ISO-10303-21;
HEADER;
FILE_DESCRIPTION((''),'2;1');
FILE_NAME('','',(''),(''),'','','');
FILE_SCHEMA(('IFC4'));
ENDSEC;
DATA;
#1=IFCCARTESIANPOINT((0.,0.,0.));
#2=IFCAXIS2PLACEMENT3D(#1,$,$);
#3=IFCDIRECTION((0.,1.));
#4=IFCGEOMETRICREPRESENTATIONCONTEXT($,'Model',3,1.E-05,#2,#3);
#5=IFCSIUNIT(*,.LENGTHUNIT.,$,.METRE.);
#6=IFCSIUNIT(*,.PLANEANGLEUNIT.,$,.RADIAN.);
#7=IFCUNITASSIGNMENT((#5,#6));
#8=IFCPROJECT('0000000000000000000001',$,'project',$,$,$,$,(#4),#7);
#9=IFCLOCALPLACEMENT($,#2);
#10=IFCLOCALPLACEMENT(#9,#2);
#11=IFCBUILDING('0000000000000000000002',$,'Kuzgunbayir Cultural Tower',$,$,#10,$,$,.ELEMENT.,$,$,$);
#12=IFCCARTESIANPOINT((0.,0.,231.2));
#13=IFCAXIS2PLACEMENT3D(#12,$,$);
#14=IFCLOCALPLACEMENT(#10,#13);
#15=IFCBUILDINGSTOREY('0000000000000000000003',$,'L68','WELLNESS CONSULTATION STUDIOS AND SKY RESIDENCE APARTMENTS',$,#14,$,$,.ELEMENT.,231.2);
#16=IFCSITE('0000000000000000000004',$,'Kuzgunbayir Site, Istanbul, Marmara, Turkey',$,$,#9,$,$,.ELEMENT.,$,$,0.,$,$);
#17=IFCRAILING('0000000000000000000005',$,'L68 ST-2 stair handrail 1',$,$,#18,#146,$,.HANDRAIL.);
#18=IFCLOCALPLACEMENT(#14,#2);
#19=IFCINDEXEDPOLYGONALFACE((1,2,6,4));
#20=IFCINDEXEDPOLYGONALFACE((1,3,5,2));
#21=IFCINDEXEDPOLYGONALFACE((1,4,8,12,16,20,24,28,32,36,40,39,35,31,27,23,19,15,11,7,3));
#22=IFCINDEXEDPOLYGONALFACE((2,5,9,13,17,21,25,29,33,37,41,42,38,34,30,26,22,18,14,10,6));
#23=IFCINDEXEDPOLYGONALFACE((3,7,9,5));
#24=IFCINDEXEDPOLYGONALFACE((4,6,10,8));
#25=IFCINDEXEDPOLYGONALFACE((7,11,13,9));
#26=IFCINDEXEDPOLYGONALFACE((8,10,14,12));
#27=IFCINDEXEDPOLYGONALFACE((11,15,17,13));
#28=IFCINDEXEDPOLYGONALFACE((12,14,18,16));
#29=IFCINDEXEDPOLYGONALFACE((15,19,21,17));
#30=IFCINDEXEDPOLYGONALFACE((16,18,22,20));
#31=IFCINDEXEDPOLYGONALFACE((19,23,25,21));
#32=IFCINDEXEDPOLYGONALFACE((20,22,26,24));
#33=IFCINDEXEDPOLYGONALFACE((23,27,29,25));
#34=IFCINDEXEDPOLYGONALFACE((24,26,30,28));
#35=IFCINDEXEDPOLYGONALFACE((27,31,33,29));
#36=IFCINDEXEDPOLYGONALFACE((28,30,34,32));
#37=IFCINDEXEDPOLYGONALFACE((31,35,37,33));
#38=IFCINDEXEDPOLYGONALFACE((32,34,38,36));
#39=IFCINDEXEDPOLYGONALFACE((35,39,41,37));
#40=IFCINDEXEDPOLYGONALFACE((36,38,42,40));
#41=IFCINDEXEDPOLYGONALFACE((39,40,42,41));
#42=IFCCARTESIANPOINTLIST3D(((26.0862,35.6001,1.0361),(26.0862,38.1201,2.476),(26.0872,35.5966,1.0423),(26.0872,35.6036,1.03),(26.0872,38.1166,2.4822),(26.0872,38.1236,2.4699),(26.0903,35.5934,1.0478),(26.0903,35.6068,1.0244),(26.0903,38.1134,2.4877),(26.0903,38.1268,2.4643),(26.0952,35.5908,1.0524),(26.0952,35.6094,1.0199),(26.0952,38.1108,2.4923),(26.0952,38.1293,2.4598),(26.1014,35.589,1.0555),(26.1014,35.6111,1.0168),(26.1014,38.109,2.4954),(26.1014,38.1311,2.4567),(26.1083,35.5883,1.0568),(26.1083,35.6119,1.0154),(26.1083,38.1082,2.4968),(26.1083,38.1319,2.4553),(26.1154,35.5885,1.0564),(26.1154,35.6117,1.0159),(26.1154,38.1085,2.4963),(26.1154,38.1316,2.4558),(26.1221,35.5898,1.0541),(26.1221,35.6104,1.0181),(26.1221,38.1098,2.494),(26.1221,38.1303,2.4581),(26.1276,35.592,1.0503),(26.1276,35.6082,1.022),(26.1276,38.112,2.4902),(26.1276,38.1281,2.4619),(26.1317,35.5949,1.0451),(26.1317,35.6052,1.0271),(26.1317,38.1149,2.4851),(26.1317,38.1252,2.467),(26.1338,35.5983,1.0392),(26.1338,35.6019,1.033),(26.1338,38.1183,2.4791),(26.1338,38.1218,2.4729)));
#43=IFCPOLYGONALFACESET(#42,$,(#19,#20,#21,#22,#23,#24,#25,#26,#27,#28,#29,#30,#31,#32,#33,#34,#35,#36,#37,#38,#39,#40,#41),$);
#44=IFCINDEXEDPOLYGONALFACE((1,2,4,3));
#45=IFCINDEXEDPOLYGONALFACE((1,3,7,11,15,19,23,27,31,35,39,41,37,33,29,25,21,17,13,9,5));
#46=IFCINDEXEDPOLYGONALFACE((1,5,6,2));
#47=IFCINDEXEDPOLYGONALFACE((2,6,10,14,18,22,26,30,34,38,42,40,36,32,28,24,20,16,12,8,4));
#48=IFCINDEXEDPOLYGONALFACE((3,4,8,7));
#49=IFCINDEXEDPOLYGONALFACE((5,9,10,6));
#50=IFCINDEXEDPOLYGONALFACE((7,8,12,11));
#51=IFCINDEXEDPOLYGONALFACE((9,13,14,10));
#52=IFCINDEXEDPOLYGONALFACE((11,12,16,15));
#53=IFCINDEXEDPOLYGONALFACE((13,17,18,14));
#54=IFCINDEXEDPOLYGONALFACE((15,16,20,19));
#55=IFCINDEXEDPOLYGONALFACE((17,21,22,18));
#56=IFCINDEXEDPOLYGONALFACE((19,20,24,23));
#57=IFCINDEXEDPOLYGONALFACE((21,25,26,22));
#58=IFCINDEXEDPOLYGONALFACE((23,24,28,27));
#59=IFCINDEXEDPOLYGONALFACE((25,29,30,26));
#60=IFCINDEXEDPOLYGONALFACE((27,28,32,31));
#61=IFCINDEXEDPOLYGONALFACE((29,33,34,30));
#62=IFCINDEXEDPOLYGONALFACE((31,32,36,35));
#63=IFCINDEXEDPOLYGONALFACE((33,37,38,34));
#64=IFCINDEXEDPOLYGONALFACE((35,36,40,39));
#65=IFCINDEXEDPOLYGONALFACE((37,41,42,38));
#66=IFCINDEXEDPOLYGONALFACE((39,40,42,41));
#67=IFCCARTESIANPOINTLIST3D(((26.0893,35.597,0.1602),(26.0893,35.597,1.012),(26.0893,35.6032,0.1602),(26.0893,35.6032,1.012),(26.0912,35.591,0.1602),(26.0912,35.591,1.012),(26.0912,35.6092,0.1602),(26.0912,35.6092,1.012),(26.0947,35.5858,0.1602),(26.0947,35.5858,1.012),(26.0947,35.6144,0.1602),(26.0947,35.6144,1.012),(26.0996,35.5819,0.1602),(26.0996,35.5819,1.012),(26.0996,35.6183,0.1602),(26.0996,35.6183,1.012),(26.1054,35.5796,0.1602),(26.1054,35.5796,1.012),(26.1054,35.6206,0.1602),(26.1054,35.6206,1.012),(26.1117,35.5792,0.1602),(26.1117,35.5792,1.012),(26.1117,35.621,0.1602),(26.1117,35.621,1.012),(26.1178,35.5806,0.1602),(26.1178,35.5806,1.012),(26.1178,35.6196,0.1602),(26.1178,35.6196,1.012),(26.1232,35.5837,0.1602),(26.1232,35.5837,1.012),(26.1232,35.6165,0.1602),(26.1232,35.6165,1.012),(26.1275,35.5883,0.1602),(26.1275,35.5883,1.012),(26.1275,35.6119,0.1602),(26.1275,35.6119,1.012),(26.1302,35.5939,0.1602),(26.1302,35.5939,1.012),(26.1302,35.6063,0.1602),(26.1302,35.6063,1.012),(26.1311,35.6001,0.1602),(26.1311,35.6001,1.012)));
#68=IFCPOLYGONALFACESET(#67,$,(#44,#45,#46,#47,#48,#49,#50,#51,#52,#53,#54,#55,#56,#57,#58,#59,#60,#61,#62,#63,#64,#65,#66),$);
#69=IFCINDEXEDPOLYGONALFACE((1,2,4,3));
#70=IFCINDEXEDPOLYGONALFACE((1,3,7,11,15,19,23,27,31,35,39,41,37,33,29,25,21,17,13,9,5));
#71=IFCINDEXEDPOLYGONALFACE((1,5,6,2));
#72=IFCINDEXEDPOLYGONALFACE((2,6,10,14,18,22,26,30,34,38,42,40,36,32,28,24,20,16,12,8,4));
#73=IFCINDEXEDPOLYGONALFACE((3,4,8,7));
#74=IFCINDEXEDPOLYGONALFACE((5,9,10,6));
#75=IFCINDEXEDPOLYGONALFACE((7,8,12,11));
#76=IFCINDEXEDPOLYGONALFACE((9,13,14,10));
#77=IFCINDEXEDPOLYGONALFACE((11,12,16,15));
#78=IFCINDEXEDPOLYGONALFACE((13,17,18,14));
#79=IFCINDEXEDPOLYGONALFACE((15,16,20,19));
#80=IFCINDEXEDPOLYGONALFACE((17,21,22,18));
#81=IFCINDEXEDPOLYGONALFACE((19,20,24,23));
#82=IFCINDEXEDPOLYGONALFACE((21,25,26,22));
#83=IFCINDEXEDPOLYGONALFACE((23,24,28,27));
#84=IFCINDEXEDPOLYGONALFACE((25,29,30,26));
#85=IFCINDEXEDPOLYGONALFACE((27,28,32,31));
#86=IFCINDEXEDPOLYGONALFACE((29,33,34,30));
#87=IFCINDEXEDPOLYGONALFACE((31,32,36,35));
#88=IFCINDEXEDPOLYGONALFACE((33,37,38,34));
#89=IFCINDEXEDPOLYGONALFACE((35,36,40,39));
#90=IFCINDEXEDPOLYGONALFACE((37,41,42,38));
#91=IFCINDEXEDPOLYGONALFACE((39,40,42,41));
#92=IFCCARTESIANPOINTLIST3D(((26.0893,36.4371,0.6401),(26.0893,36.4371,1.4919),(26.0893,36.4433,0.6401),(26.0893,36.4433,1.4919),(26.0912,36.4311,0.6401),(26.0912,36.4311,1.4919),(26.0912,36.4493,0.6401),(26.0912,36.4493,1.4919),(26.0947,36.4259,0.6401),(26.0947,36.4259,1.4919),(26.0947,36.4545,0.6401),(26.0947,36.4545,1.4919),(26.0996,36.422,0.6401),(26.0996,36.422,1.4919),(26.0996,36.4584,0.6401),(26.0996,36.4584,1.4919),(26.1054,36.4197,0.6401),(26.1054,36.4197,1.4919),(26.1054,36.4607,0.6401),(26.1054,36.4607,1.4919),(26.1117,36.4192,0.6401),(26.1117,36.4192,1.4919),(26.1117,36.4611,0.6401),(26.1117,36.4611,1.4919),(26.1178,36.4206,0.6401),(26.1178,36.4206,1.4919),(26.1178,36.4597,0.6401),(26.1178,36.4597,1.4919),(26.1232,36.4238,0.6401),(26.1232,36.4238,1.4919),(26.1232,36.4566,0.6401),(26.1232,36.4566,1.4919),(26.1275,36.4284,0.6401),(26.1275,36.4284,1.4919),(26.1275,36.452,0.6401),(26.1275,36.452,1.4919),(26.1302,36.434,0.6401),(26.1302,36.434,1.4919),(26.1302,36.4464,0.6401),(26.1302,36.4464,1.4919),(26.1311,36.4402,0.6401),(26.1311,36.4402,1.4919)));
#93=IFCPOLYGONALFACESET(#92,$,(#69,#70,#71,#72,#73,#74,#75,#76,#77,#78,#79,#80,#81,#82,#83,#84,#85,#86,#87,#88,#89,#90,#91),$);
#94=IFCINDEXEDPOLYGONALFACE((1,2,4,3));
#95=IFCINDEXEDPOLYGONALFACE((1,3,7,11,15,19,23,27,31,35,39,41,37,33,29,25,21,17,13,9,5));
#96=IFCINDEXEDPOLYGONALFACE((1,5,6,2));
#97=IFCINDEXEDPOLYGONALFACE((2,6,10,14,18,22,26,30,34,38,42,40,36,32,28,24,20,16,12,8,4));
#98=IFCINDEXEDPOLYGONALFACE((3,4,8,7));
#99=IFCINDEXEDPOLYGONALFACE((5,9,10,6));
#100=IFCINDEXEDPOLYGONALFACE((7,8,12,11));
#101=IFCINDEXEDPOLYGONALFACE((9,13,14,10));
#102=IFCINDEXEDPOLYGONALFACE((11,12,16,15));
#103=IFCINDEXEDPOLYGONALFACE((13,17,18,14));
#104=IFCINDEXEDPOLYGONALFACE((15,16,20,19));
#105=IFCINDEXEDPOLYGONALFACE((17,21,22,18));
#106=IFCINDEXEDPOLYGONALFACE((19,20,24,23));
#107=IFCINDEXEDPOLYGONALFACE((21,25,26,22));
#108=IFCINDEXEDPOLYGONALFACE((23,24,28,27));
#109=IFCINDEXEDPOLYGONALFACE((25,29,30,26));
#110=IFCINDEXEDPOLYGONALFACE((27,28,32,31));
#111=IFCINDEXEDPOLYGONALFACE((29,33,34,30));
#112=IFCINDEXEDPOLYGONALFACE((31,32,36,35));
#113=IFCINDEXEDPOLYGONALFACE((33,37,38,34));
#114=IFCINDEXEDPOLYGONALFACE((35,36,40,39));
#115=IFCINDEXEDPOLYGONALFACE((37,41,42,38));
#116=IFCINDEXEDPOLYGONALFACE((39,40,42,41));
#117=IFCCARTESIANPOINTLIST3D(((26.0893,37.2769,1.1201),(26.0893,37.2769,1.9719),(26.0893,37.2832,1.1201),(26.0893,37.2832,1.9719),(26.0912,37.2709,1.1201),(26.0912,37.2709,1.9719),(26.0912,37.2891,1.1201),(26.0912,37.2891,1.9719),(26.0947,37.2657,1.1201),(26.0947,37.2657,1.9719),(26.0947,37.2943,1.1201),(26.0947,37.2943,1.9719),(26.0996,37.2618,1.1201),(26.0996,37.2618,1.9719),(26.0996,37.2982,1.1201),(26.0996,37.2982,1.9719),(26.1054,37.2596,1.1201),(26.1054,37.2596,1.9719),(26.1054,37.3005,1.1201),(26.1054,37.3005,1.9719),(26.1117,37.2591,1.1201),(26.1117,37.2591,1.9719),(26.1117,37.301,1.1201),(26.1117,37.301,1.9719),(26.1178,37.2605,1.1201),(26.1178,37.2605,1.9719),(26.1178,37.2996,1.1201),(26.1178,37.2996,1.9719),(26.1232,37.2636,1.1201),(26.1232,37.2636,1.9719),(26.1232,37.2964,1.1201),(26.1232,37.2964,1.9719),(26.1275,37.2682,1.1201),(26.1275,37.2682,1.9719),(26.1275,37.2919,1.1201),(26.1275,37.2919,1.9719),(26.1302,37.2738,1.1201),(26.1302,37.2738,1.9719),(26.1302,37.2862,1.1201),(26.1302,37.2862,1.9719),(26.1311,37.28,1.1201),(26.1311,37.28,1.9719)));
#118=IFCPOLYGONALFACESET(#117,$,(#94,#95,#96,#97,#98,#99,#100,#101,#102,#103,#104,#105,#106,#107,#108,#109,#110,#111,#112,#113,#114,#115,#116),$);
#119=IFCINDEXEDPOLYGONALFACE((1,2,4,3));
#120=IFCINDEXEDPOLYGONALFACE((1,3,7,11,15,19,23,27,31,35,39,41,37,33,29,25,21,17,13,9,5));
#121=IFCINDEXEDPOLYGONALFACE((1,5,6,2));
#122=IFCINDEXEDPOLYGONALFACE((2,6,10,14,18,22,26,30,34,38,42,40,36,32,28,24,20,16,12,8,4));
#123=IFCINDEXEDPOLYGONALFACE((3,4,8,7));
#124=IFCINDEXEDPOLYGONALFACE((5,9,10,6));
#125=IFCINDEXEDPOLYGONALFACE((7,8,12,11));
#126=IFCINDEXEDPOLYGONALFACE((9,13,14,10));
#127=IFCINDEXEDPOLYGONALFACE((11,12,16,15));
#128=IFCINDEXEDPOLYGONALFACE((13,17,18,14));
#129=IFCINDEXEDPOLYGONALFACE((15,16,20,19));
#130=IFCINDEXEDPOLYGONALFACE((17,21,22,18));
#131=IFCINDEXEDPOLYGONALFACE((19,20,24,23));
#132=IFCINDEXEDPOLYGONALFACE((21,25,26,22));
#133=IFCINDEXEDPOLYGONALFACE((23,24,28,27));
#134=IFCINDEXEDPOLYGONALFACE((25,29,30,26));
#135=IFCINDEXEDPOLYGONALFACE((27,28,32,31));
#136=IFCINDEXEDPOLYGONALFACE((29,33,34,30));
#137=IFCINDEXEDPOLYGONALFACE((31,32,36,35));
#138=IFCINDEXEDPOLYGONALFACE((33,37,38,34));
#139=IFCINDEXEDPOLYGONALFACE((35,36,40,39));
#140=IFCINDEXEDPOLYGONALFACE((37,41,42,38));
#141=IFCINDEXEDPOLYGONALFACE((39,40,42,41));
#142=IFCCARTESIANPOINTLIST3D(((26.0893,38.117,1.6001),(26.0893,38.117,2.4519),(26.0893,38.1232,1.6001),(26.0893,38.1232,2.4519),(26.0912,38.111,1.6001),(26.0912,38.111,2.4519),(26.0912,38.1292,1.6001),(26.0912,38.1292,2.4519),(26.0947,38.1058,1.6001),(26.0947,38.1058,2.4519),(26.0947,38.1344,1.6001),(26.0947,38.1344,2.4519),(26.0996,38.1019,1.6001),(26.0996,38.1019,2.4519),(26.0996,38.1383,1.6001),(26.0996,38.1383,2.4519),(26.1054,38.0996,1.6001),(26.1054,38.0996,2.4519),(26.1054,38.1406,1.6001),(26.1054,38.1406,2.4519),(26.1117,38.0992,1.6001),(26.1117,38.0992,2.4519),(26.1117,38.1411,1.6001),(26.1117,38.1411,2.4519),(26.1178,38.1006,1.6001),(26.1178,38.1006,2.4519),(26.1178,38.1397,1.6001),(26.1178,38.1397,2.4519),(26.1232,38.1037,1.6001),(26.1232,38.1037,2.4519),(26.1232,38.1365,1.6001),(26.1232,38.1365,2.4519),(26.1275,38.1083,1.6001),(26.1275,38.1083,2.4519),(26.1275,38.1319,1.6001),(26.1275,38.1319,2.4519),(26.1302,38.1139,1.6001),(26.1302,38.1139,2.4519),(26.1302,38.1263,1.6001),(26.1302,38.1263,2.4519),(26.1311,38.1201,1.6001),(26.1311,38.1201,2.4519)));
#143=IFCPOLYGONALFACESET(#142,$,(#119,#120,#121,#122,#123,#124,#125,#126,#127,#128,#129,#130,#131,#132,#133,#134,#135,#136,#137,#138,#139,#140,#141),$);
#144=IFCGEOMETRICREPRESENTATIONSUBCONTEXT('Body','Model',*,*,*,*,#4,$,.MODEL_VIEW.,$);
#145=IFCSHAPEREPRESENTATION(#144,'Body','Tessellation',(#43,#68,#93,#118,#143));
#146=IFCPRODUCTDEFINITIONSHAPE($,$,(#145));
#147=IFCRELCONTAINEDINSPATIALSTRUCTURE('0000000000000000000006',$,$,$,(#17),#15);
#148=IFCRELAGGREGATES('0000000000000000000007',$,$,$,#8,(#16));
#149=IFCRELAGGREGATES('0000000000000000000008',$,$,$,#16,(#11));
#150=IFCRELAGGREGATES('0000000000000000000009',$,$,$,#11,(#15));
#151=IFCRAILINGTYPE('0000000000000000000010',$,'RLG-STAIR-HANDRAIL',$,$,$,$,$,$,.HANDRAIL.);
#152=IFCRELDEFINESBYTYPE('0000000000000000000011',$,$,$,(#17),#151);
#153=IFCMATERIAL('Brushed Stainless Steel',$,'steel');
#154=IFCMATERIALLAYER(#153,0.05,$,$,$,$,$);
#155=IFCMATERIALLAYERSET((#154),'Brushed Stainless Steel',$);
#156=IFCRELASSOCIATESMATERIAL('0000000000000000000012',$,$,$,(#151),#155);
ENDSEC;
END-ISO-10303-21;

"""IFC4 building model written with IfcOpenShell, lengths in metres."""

from ifc_helpers import new_model, si_unit, direction, frame, origin, origin_2d, place, context, subcontext, project, spatial, circle, extrude, material, layer, layer_set, type_object, element, save


model = new_model("IFC4")

# Units and contexts
model_context = context("Model", 3, precision=1e-05, world=origin(), true_north=direction((0.0, 1.0)))
body_context = subcontext(model_context, "Body", "Model", "MODEL_VIEW")
ifc_project = project(units=[si_unit("LENGTHUNIT", "METRE"), si_unit("PLANEANGLEUNIT", "RADIAN")], contexts=[model_context])

# Site, building, storey
site_placement = place(None, origin())
site = spatial("IfcSite", under=ifc_project, at=site_placement, Name="Kuzgunbayir Site, Istanbul, Marmara, Turkey", CompositionType="ELEMENT", RefElevation=0.0)
building_placement = place(site_placement, origin())
building = spatial("IfcBuilding", under=site, at=building_placement, Name="Kuzgunbayir Cultural Tower", CompositionType="ELEMENT")
storey_placement = place(building_placement, frame((0.0, 0.0, 231.2)))
storey = spatial("IfcBuildingStorey", under=building, at=storey_placement, Name="L68", Description="WELLNESS CONSULTATION STUDIOS AND SKY RESIDENCE APARTMENTS", CompositionType="ELEMENT", Elevation=231.2)

# Shared definitions
ifc_material_1 = material(Name="Brushed Stainless Steel", Category="steel")

# Railing
ifc_layer_1 = layer(ifc_material_1, 0.05)
ifc_layer_set_1 = layer_set([ifc_layer_1], Name="Brushed Stainless Steel")
railing_type_1 = type_object("IfcRailingType", Name="RLG-STAIR-HANDRAIL", PredefinedType="HANDRAIL", material=ifc_layer_set_1)
railing_1_placement = place(storey_placement, frame((26.1101, 35.6001, 0.1602)))
element("IfcRailing", 1, at=railing_1_placement, inside=storey, type_object=railing_type_1, Name="L68 ST-2 stair handrail 1", PredefinedType="HANDRAIL", context=body_context, shape_type="SweptSolid", body=[
    extrude(circle(Radius=0.0239, at=origin_2d()), frame((0.0, 0.0, 0.876), z_axis=(0.0, 0.868253, 0.496121), x_axis=(-1.0, 0.0, 0.0)), (0.0, 0.0, 1.0), 2.9023),
    extrude(circle(Radius=0.021, at=origin_2d()), origin(), (0.0, 0.0, 1.0), 0.8518),
    extrude(circle(Radius=0.021, at=origin_2d()), frame((0.0, 0.8401, 0.48)), (0.0, 0.0, 1.0), 0.8518),
    extrude(circle(Radius=0.021, at=origin_2d()), frame((0.0, 1.6799, 0.96)), (0.0, 0.0, 1.0), 0.8518),
    extrude(circle(Radius=0.021, at=origin_2d()), frame((0.0, 2.52, 1.4399)), (0.0, 0.0, 1.0), 0.8518),
])

save(model, "model.ifc")
